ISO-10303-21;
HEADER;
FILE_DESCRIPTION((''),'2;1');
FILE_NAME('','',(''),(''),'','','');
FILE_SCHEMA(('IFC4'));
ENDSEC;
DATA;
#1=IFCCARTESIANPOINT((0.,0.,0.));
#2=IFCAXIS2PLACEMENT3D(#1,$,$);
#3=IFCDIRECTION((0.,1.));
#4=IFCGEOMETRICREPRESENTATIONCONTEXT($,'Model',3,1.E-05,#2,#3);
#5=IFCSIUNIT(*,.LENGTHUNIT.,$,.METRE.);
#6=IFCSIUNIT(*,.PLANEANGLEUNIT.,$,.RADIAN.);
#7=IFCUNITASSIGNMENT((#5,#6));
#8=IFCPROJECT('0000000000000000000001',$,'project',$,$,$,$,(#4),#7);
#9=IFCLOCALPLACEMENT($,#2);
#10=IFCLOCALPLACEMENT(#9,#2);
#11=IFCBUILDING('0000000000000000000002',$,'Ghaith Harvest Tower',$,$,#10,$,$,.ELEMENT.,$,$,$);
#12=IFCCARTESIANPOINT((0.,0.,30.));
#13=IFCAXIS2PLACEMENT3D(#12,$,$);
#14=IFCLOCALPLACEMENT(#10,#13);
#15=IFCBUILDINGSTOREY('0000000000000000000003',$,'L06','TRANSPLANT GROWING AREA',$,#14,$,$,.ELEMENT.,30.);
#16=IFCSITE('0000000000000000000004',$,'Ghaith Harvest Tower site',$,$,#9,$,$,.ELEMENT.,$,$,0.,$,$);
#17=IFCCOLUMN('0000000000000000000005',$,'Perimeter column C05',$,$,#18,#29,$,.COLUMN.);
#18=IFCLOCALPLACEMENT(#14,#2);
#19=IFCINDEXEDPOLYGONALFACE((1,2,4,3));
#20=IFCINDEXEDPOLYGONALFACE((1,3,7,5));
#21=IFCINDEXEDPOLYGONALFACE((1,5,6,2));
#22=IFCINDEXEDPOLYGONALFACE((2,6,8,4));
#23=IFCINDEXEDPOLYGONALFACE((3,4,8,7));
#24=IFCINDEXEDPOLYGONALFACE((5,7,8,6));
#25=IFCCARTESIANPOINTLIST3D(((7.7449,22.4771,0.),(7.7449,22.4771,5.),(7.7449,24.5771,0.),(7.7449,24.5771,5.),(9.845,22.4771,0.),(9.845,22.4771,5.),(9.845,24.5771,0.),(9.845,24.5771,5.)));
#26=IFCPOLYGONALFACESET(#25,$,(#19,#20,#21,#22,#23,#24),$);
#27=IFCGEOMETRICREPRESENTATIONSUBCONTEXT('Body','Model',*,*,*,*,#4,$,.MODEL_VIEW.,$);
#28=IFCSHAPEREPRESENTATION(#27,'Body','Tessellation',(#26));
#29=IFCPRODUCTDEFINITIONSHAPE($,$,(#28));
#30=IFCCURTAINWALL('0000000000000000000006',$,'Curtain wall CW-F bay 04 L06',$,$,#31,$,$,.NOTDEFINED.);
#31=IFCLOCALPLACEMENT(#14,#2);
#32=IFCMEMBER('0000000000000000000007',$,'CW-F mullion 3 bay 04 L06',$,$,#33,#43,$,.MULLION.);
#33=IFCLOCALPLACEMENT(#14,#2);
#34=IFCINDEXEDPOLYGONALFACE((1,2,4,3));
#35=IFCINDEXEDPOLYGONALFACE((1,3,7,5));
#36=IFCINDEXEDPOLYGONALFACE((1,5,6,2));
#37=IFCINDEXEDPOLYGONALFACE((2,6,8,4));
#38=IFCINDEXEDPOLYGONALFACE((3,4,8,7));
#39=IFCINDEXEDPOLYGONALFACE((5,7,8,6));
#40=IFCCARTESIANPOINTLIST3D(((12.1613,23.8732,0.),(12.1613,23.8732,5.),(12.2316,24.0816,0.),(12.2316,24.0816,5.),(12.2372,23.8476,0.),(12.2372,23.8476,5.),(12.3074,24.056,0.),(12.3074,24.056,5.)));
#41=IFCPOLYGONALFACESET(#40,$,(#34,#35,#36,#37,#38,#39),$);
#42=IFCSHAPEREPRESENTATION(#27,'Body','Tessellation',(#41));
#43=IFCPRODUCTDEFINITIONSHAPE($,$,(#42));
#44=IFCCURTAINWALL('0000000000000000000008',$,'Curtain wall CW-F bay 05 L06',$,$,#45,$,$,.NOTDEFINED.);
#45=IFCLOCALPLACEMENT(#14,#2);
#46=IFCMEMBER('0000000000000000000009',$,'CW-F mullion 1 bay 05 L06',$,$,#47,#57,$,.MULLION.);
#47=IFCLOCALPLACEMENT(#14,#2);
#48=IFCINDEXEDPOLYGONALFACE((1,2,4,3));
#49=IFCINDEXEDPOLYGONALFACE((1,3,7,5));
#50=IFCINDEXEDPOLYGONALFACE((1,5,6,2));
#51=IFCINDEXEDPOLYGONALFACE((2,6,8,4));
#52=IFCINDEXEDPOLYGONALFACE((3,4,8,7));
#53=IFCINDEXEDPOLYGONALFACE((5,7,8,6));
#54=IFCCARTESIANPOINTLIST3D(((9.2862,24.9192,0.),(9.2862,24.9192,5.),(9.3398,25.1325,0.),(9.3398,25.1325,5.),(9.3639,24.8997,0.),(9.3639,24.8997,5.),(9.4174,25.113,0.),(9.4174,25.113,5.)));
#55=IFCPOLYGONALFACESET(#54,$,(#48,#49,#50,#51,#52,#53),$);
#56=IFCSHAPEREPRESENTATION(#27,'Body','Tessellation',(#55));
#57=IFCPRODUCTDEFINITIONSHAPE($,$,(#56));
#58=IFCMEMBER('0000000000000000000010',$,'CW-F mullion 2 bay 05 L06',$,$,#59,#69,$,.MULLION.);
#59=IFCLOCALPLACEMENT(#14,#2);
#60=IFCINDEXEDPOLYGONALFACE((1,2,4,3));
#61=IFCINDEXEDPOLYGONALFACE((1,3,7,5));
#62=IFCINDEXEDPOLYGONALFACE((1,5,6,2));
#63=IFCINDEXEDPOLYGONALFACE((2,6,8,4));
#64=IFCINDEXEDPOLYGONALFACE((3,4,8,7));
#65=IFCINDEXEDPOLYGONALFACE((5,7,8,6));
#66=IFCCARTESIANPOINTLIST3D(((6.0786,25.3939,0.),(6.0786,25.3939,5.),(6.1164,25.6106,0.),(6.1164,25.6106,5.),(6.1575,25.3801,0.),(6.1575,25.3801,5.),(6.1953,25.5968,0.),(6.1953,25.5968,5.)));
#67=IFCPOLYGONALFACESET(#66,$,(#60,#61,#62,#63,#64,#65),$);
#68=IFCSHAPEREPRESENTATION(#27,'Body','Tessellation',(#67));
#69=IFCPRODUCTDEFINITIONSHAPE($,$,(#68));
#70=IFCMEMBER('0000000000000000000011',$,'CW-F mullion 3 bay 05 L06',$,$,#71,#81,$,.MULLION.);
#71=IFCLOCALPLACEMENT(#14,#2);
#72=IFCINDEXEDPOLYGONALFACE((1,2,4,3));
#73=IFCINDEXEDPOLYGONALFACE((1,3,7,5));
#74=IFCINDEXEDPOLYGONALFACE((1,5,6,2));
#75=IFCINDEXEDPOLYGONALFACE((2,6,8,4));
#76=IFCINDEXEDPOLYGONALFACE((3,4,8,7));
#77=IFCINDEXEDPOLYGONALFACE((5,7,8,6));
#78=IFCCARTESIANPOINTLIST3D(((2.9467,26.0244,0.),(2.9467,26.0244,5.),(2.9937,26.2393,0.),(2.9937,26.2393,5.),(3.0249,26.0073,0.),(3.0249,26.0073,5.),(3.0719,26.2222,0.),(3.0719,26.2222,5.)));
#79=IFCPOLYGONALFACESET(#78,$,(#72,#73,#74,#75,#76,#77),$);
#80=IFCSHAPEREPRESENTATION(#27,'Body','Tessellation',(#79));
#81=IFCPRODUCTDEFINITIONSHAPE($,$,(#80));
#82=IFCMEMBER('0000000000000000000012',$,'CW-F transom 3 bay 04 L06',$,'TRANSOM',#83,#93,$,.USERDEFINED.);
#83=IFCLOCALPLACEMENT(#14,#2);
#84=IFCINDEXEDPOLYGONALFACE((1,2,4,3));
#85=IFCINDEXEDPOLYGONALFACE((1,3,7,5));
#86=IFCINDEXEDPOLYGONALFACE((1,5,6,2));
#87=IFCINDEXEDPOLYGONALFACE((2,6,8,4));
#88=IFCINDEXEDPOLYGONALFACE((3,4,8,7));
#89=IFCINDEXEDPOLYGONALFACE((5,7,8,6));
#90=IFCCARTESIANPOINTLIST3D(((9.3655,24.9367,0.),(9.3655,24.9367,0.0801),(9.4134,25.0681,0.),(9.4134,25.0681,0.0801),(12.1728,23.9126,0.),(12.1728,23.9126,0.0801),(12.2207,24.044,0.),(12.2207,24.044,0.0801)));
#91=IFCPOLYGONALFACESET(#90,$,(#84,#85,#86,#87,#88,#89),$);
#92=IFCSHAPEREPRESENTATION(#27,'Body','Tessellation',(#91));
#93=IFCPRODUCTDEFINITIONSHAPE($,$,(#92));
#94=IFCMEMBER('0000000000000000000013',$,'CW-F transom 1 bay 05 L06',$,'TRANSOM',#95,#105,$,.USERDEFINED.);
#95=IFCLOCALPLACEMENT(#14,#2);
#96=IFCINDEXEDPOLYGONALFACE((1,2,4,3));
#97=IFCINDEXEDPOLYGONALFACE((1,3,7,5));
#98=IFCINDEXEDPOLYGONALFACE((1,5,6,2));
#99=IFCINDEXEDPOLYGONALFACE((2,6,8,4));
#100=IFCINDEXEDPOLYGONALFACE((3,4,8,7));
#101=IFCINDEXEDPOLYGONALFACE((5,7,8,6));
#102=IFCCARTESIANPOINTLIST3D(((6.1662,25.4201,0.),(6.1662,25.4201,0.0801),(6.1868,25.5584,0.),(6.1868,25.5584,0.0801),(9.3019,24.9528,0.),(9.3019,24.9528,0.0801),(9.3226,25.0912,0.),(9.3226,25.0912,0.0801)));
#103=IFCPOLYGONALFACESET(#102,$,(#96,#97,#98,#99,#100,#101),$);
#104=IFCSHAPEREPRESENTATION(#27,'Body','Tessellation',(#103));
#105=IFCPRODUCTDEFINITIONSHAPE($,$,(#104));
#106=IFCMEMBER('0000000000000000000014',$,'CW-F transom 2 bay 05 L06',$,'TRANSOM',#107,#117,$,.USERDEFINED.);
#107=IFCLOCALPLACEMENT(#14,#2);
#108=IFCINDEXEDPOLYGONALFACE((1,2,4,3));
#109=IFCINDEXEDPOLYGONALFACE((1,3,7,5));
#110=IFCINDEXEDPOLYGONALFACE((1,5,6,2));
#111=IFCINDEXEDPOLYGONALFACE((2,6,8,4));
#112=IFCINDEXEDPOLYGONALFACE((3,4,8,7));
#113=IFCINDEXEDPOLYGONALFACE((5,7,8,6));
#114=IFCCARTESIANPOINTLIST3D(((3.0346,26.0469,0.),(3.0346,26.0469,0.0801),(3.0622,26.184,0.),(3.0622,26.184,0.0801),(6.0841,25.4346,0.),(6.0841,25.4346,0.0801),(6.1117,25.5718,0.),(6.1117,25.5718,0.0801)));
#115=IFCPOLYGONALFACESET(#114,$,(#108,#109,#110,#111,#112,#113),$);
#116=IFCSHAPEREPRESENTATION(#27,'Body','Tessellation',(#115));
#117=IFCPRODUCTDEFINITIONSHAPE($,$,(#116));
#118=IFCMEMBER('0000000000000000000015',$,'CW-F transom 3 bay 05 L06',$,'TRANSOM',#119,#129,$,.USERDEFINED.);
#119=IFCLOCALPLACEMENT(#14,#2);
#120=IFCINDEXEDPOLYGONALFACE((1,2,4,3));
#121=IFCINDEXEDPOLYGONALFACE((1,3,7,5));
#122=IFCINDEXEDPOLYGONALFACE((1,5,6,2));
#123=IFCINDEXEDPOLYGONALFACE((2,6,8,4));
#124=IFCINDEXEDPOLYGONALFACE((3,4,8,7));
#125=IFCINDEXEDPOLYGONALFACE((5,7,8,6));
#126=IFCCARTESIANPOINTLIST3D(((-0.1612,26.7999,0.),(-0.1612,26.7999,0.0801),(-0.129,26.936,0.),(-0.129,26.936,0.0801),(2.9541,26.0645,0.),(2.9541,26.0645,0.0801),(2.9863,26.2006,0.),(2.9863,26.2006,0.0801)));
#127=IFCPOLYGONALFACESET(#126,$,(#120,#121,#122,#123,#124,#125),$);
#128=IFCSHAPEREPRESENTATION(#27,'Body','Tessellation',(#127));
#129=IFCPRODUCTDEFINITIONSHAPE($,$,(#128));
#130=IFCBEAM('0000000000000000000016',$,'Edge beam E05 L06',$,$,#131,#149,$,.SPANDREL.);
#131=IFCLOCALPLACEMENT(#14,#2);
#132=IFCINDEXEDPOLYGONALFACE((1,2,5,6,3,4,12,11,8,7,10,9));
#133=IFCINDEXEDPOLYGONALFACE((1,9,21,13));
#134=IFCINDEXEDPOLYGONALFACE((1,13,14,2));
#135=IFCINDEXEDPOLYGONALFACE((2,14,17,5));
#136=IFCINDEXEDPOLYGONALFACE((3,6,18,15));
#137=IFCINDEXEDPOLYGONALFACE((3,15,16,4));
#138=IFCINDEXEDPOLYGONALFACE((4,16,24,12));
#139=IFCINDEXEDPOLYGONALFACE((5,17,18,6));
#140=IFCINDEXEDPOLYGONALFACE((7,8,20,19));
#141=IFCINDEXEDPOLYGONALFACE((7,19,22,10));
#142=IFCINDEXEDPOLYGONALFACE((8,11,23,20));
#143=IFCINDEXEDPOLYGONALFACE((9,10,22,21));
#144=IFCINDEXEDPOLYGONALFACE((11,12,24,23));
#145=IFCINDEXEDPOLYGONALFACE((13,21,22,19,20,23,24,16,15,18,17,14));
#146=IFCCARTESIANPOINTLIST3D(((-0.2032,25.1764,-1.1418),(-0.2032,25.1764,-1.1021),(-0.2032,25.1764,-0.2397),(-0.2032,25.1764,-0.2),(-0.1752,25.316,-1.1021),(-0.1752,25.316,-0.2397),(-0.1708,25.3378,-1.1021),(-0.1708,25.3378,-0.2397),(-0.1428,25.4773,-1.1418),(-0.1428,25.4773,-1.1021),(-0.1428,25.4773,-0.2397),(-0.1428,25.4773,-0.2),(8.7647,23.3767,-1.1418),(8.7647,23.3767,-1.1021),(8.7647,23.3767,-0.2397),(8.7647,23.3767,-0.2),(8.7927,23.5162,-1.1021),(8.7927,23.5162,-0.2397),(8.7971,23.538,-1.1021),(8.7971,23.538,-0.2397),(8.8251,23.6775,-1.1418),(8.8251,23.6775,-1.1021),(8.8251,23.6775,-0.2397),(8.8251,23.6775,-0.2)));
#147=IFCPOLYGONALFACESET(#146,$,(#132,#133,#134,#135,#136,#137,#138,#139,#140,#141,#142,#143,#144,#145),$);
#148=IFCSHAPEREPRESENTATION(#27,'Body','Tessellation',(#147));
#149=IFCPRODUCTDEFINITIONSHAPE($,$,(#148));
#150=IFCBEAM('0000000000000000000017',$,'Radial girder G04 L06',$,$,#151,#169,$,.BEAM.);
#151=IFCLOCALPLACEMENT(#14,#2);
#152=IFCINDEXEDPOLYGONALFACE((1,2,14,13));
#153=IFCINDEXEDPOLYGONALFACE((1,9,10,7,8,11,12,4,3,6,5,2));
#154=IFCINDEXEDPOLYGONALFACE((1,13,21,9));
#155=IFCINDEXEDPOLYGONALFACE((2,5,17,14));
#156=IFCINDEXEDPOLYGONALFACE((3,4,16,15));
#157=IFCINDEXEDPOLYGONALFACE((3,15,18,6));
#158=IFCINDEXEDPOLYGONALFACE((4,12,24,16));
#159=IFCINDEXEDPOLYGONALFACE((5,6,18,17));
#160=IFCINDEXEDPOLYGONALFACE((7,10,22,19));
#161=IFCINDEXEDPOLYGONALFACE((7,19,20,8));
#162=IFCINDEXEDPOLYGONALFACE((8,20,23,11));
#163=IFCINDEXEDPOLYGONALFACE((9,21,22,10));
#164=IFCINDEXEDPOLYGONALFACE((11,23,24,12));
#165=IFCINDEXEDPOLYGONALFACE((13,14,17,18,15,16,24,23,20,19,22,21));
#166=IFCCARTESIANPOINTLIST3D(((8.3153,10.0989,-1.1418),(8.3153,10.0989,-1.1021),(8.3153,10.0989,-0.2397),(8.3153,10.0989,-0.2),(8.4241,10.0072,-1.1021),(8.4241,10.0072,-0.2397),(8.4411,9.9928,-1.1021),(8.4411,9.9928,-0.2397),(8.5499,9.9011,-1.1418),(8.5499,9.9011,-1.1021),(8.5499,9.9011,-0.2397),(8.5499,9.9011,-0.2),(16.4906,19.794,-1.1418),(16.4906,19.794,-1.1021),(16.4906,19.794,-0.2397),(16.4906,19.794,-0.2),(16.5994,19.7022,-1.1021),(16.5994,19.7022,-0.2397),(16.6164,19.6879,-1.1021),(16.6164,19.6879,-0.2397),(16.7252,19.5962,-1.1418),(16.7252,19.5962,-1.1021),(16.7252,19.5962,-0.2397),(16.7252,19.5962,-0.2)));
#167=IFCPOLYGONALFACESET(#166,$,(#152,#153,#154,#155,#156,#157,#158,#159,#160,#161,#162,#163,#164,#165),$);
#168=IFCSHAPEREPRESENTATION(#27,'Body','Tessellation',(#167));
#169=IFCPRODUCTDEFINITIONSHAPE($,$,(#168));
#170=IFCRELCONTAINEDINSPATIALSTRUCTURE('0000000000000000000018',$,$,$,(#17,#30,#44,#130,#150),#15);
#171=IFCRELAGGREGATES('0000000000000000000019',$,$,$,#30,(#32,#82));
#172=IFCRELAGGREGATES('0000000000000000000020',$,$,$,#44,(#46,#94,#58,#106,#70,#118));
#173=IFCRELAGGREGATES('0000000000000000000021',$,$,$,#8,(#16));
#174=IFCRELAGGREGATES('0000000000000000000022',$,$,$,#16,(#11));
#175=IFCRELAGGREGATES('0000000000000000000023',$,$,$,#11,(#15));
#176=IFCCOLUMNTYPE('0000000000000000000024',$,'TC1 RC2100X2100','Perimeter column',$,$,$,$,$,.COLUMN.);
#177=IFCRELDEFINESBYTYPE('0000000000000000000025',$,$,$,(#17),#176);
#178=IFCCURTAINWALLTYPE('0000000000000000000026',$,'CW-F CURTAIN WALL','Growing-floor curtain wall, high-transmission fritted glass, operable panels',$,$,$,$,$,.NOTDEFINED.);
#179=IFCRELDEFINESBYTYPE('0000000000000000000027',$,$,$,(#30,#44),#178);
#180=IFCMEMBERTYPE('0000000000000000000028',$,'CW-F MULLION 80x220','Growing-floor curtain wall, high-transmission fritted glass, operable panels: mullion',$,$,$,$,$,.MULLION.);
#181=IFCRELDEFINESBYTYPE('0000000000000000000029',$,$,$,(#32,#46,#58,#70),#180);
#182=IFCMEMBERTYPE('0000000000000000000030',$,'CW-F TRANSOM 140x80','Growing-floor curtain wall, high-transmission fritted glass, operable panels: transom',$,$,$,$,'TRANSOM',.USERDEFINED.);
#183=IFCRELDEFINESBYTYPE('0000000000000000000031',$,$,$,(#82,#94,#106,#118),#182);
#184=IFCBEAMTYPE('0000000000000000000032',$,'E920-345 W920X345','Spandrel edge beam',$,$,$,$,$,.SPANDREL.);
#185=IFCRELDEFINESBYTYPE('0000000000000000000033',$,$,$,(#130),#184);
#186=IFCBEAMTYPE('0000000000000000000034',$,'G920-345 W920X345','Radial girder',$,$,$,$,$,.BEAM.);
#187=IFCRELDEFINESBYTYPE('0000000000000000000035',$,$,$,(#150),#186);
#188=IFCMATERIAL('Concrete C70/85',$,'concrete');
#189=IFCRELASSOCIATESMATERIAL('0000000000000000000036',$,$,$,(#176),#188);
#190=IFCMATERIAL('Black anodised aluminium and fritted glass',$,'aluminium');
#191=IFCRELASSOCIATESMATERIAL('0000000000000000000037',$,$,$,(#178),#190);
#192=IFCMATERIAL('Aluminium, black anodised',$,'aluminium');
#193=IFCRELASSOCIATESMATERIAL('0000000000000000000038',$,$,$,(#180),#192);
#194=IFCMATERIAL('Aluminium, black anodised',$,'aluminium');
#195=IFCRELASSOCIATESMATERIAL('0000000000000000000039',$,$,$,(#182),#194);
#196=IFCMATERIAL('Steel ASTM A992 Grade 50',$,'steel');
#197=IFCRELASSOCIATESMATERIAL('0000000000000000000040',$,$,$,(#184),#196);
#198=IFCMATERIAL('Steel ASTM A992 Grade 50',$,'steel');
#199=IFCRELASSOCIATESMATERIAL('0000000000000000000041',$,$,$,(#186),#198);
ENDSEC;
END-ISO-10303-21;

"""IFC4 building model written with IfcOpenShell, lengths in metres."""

from ifc_helpers import new_model, si_unit, direction, frame, origin, origin_2d, place, context, subcontext, project, spatial, rectangle, i_section, extrude, material, material_profile, profile_set, type_object, element, aggregate, save


model = new_model("IFC4")

# Units and contexts
model_context = context("Model", 3, precision=1e-05, world=origin(), true_north=direction((0.0, 1.0)))
body_context = subcontext(model_context, "Body", "Model", "MODEL_VIEW")
ifc_project = project(units=[si_unit("LENGTHUNIT", "METRE"), si_unit("PLANEANGLEUNIT", "RADIAN")], contexts=[model_context])

# Site, building, storey
site_placement = place(None, origin())
site = spatial("IfcSite", under=ifc_project, at=site_placement, Name="Ghaith Harvest Tower site", CompositionType="ELEMENT", RefElevation=0.0)
building_placement = place(site_placement, origin())
building = spatial("IfcBuilding", under=site, at=building_placement, Name="Ghaith Harvest Tower", CompositionType="ELEMENT")
storey_placement = place(building_placement, frame((0.0, 0.0, 30.0)))
storey = spatial("IfcBuildingStorey", under=building, at=storey_placement, Name="L06", Description="TRANSPLANT GROWING AREA", CompositionType="ELEMENT", Elevation=30.0)

# Column
ifc_material_1 = material(Name="Concrete C70/85", Category="concrete")
ifc_material_profile_1 = material_profile(ifc_material_1, rectangle(XDim=2.1001, YDim=2.1001, at=origin_2d()), Name="RC2100X2100")
ifc_profile_set_1 = profile_set([ifc_material_profile_1], Name="Concrete C70/85")
column_type = type_object("IfcColumnType", Name="TC1 RC2100X2100", Description="Perimeter column", PredefinedType="COLUMN", material=ifc_profile_set_1)
column_placement = place(storey_placement, frame((8.7949, 23.5271, 0.0), z_axis=(0.0, 0.0, 1.0), x_axis=(1.0, 0.0, 0.0)))
element("IfcColumn", 1, at=column_placement, inside=storey, type_object=column_type, Name="Perimeter column C05", PredefinedType="COLUMN", context=body_context, shape_type="SweptSolid", body=[
    extrude(rectangle(XDim=2.1001, YDim=2.1001, at=origin_2d()), origin(), (0.0, 0.0, 1.0), 5.0),
])

# Curtain wall, member
ifc_material_2 = material(Name="Black anodised aluminium and fritted glass", Category="aluminium")
curtain_wall_type = type_object("IfcCurtainWallType", Name="CW-F CURTAIN WALL", Description="Growing-floor curtain wall, high-transmission fritted glass, operable panels", PredefinedType="NOTDEFINED", material=ifc_material_2)
curtain_wall_1_placement = place(storey_placement, origin())
curtain_wall_1 = element("IfcCurtainWall", 2, at=curtain_wall_1_placement, inside=storey, type_object=curtain_wall_type, Name="Curtain wall CW-F bay 04 L06", PredefinedType="NOTDEFINED")
ifc_material_3 = material(Name="Aluminium, black anodised", Category="aluminium")
ifc_material_profile_2 = material_profile(ifc_material_3, rectangle(XDim=0.0801, YDim=0.22, at=origin_2d()), Name="CW-F MULLION 80x220")
ifc_profile_set_2 = profile_set([ifc_material_profile_2], Name="Aluminium, black anodised")
member_type_1 = type_object("IfcMemberType", Name="CW-F MULLION 80x220", Description="Growing-floor curtain wall, high-transmission fritted glass, operable panels: mullion", PredefinedType="MULLION", material=ifc_profile_set_2)
member_1_placement = place(storey_placement, frame((12.2344, 23.9646, 0.0), z_axis=(0.0, 0.0, 1.0), x_axis=(-0.947653, 0.319301, 0.0)))
member_1 = element("IfcMember", 3, at=member_1_placement, type_object=member_type_1, Name="CW-F mullion 3 bay 04 L06", PredefinedType="MULLION", context=body_context, shape_type="SweptSolid", body=[
    extrude(rectangle(XDim=0.0801, YDim=0.22, at=origin_2d()), origin(), (0.0, 0.0, 1.0), 5.0),
])

# Curtain wall, members
curtain_wall_2_placement = place(storey_placement, origin())
curtain_wall_2 = element("IfcCurtainWall", 4, at=curtain_wall_2_placement, inside=storey, type_object=curtain_wall_type, Name="Curtain wall CW-F bay 05 L06", PredefinedType="NOTDEFINED")
member_2_placement = place(storey_placement, frame((9.3518, 25.0161, 0.0), z_axis=(0.0, 0.0, 1.0), x_axis=(-0.969903, 0.24349, 0.0)))
member_2 = element("IfcMember", 5, at=member_2_placement, type_object=member_type_1, Name="CW-F mullion 1 bay 05 L06", PredefinedType="MULLION", context=body_context, shape_type="SweptSolid", body=[
    extrude(rectangle(XDim=0.0801, YDim=0.22, at=origin_2d()), origin(), (0.0, 0.0, 1.0), 5.0),
])
member_3_placement = place(storey_placement, frame((6.137, 25.4954, 0.0), z_axis=(0.0, 0.0, 1.0), x_axis=(-0.985104, 0.171961, 0.0)))
member_3 = element("IfcMember", 6, at=member_3_placement, type_object=member_type_1, Name="CW-F mullion 2 bay 05 L06", PredefinedType="MULLION", context=body_context, shape_type="SweptSolid", body=[
    extrude(rectangle(XDim=0.0801, YDim=0.22, at=origin_2d()), origin(), (0.0, 0.0, 1.0), 5.0),
])
member_4_placement = place(storey_placement, frame((3.0093, 26.1233, 0.0), z_axis=(0.0, 0.0, 1.0), x_axis=(-0.976927, 0.213572, 0.0)))
member_4 = element("IfcMember", 7, at=member_4_placement, type_object=member_type_1, Name="CW-F mullion 3 bay 05 L06", PredefinedType="MULLION", context=body_context, shape_type="SweptSolid", body=[
    extrude(rectangle(XDim=0.0801, YDim=0.22, at=origin_2d()), origin(), (0.0, 0.0, 1.0), 5.0),
])

# Members
ifc_material_4 = material(Name="Aluminium, black anodised", Category="aluminium")
ifc_material_profile_3 = material_profile(ifc_material_4, rectangle(XDim=0.1399, YDim=0.0801, at=origin_2d()), Name="CW-F TRANSOM 140x80")
ifc_profile_set_3 = profile_set([ifc_material_profile_3], Name="Aluminium, black anodised")
member_type_2 = type_object("IfcMemberType", Name="CW-F TRANSOM 140x80", Description="Growing-floor curtain wall, high-transmission fritted glass, operable panels: transom", ElementType="TRANSOM", PredefinedType="USERDEFINED", material=ifc_profile_set_3)
member_5_placement = place(storey_placement, frame((12.1968, 23.9783, 0.04), z_axis=(-0.939438, 0.34272, 0.0), x_axis=(-0.34272, -0.939438, 0.0)))
member_5 = element("IfcMember", 8, at=member_5_placement, type_object=member_type_2, Name="CW-F transom 3 bay 04 L06", ObjectType="TRANSOM", PredefinedType="USERDEFINED", context=body_context, shape_type="SweptSolid", body=[
    extrude(rectangle(XDim=0.1399, YDim=0.0801, at=origin_2d()), origin(), (0.0, 0.0, 1.0), 2.9883),
])
member_6_placement = place(storey_placement, frame((9.3123, 25.022, 0.04), z_axis=(-0.989078, 0.147391, 0.0), x_axis=(-0.147391, -0.989078, 0.0)))
member_6 = element("IfcMember", 9, at=member_6_placement, type_object=member_type_2, Name="CW-F transom 1 bay 05 L06", ObjectType="TRANSOM", PredefinedType="USERDEFINED", context=body_context, shape_type="SweptSolid", body=[
    extrude(rectangle(XDim=0.1399, YDim=0.0801, at=origin_2d()), origin(), (0.0, 0.0, 1.0), 3.1704),
])
member_7_placement = place(storey_placement, frame((6.0979, 25.5032, 0.04), z_axis=(-0.980432, 0.196856, 0.0), x_axis=(-0.196856, -0.980432, 0.0)))
member_7 = element("IfcMember", 10, at=member_7_placement, type_object=member_type_2, Name="CW-F transom 2 bay 05 L06", ObjectType="TRANSOM", PredefinedType="USERDEFINED", context=body_context, shape_type="SweptSolid", body=[
    extrude(rectangle(XDim=0.1399, YDim=0.0801, at=origin_2d()), origin(), (0.0, 0.0, 1.0), 3.1104),
])
member_8_placement = place(storey_placement, frame((2.9702, 26.1326, 0.04), z_axis=(-0.973253, 0.229736, 0.0), x_axis=(-0.229736, -0.973253, 0.0)))
member_8 = element("IfcMember", 11, at=member_8_placement, type_object=member_type_2, Name="CW-F transom 3 bay 05 L06", ObjectType="TRANSOM", PredefinedType="USERDEFINED", context=body_context, shape_type="SweptSolid", body=[
    extrude(rectangle(XDim=0.1399, YDim=0.0801, at=origin_2d()), origin(), (0.0, 0.0, 1.0), 3.2009),
])

# Beams
ifc_material_5 = material(Name="Steel ASTM A992 Grade 50", Category="steel")
ifc_material_profile_4 = material_profile(ifc_material_5, i_section(OverallWidth=0.3069, OverallDepth=0.9419, WebThickness=0.0222, FlangeThickness=0.0398, at=origin_2d()), Name="W920X345")
ifc_profile_set_4 = profile_set([ifc_material_profile_4], Name="Steel ASTM A992 Grade 50")
beam_type_1 = type_object("IfcBeamType", Name="E920-345 W920X345", Description="Spandrel edge beam", PredefinedType="SPANDREL", material=ifc_profile_set_4)
beam_1_placement = place(storey_placement, frame((8.7949, 23.5271, -0.6709), z_axis=(-0.98045, 0.196768, 0.0), x_axis=(-0.196768, -0.98045, 0.0)))
element("IfcBeam", 12, at=beam_1_placement, inside=storey, type_object=beam_type_1, Name="Edge beam E05 L06", PredefinedType="SPANDREL", context=body_context, shape_type="SweptSolid", body=[
    extrude(i_section(OverallWidth=0.3069, OverallDepth=0.9419, WebThickness=0.0222, FlangeThickness=0.0398, at=origin_2d()), origin(), (0.0, 0.0, 1.0), 9.1467),
])
ifc_material_6 = material(Name="Steel ASTM A992 Grade 50", Category="steel")
ifc_material_profile_5 = material_profile(ifc_material_6, i_section(OverallWidth=0.3069, OverallDepth=0.9419, WebThickness=0.0222, FlangeThickness=0.0398, at=origin_2d()), Name="W920X345")
ifc_profile_set_5 = profile_set([ifc_material_profile_5], Name="Steel ASTM A992 Grade 50")
beam_type_2 = type_object("IfcBeamType", Name="G920-345 W920X345", Description="Radial girder", PredefinedType="BEAM", material=ifc_profile_set_5)
beam_2_placement = place(storey_placement, frame((8.4326, 10.0, -0.6709), z_axis=(0.644644, 0.764483, 0.0), x_axis=(-0.764483, 0.644644, 0.0)))
element("IfcBeam", 13, at=beam_2_placement, inside=storey, type_object=beam_type_2, Name="Radial girder G04 L06", PredefinedType="BEAM", context=body_context, shape_type="SweptSolid", body=[
    extrude(i_section(OverallWidth=0.3069, OverallDepth=0.9419, WebThickness=0.0222, FlangeThickness=0.0398, at=origin_2d()), origin(), (0.0, 0.0, 1.0), 12.6819),
])

aggregate(curtain_wall_1, [member_1, member_5])
aggregate(curtain_wall_2, [member_2, member_6, member_3, member_7, member_4, member_8])

save(model, "model.ifc")
